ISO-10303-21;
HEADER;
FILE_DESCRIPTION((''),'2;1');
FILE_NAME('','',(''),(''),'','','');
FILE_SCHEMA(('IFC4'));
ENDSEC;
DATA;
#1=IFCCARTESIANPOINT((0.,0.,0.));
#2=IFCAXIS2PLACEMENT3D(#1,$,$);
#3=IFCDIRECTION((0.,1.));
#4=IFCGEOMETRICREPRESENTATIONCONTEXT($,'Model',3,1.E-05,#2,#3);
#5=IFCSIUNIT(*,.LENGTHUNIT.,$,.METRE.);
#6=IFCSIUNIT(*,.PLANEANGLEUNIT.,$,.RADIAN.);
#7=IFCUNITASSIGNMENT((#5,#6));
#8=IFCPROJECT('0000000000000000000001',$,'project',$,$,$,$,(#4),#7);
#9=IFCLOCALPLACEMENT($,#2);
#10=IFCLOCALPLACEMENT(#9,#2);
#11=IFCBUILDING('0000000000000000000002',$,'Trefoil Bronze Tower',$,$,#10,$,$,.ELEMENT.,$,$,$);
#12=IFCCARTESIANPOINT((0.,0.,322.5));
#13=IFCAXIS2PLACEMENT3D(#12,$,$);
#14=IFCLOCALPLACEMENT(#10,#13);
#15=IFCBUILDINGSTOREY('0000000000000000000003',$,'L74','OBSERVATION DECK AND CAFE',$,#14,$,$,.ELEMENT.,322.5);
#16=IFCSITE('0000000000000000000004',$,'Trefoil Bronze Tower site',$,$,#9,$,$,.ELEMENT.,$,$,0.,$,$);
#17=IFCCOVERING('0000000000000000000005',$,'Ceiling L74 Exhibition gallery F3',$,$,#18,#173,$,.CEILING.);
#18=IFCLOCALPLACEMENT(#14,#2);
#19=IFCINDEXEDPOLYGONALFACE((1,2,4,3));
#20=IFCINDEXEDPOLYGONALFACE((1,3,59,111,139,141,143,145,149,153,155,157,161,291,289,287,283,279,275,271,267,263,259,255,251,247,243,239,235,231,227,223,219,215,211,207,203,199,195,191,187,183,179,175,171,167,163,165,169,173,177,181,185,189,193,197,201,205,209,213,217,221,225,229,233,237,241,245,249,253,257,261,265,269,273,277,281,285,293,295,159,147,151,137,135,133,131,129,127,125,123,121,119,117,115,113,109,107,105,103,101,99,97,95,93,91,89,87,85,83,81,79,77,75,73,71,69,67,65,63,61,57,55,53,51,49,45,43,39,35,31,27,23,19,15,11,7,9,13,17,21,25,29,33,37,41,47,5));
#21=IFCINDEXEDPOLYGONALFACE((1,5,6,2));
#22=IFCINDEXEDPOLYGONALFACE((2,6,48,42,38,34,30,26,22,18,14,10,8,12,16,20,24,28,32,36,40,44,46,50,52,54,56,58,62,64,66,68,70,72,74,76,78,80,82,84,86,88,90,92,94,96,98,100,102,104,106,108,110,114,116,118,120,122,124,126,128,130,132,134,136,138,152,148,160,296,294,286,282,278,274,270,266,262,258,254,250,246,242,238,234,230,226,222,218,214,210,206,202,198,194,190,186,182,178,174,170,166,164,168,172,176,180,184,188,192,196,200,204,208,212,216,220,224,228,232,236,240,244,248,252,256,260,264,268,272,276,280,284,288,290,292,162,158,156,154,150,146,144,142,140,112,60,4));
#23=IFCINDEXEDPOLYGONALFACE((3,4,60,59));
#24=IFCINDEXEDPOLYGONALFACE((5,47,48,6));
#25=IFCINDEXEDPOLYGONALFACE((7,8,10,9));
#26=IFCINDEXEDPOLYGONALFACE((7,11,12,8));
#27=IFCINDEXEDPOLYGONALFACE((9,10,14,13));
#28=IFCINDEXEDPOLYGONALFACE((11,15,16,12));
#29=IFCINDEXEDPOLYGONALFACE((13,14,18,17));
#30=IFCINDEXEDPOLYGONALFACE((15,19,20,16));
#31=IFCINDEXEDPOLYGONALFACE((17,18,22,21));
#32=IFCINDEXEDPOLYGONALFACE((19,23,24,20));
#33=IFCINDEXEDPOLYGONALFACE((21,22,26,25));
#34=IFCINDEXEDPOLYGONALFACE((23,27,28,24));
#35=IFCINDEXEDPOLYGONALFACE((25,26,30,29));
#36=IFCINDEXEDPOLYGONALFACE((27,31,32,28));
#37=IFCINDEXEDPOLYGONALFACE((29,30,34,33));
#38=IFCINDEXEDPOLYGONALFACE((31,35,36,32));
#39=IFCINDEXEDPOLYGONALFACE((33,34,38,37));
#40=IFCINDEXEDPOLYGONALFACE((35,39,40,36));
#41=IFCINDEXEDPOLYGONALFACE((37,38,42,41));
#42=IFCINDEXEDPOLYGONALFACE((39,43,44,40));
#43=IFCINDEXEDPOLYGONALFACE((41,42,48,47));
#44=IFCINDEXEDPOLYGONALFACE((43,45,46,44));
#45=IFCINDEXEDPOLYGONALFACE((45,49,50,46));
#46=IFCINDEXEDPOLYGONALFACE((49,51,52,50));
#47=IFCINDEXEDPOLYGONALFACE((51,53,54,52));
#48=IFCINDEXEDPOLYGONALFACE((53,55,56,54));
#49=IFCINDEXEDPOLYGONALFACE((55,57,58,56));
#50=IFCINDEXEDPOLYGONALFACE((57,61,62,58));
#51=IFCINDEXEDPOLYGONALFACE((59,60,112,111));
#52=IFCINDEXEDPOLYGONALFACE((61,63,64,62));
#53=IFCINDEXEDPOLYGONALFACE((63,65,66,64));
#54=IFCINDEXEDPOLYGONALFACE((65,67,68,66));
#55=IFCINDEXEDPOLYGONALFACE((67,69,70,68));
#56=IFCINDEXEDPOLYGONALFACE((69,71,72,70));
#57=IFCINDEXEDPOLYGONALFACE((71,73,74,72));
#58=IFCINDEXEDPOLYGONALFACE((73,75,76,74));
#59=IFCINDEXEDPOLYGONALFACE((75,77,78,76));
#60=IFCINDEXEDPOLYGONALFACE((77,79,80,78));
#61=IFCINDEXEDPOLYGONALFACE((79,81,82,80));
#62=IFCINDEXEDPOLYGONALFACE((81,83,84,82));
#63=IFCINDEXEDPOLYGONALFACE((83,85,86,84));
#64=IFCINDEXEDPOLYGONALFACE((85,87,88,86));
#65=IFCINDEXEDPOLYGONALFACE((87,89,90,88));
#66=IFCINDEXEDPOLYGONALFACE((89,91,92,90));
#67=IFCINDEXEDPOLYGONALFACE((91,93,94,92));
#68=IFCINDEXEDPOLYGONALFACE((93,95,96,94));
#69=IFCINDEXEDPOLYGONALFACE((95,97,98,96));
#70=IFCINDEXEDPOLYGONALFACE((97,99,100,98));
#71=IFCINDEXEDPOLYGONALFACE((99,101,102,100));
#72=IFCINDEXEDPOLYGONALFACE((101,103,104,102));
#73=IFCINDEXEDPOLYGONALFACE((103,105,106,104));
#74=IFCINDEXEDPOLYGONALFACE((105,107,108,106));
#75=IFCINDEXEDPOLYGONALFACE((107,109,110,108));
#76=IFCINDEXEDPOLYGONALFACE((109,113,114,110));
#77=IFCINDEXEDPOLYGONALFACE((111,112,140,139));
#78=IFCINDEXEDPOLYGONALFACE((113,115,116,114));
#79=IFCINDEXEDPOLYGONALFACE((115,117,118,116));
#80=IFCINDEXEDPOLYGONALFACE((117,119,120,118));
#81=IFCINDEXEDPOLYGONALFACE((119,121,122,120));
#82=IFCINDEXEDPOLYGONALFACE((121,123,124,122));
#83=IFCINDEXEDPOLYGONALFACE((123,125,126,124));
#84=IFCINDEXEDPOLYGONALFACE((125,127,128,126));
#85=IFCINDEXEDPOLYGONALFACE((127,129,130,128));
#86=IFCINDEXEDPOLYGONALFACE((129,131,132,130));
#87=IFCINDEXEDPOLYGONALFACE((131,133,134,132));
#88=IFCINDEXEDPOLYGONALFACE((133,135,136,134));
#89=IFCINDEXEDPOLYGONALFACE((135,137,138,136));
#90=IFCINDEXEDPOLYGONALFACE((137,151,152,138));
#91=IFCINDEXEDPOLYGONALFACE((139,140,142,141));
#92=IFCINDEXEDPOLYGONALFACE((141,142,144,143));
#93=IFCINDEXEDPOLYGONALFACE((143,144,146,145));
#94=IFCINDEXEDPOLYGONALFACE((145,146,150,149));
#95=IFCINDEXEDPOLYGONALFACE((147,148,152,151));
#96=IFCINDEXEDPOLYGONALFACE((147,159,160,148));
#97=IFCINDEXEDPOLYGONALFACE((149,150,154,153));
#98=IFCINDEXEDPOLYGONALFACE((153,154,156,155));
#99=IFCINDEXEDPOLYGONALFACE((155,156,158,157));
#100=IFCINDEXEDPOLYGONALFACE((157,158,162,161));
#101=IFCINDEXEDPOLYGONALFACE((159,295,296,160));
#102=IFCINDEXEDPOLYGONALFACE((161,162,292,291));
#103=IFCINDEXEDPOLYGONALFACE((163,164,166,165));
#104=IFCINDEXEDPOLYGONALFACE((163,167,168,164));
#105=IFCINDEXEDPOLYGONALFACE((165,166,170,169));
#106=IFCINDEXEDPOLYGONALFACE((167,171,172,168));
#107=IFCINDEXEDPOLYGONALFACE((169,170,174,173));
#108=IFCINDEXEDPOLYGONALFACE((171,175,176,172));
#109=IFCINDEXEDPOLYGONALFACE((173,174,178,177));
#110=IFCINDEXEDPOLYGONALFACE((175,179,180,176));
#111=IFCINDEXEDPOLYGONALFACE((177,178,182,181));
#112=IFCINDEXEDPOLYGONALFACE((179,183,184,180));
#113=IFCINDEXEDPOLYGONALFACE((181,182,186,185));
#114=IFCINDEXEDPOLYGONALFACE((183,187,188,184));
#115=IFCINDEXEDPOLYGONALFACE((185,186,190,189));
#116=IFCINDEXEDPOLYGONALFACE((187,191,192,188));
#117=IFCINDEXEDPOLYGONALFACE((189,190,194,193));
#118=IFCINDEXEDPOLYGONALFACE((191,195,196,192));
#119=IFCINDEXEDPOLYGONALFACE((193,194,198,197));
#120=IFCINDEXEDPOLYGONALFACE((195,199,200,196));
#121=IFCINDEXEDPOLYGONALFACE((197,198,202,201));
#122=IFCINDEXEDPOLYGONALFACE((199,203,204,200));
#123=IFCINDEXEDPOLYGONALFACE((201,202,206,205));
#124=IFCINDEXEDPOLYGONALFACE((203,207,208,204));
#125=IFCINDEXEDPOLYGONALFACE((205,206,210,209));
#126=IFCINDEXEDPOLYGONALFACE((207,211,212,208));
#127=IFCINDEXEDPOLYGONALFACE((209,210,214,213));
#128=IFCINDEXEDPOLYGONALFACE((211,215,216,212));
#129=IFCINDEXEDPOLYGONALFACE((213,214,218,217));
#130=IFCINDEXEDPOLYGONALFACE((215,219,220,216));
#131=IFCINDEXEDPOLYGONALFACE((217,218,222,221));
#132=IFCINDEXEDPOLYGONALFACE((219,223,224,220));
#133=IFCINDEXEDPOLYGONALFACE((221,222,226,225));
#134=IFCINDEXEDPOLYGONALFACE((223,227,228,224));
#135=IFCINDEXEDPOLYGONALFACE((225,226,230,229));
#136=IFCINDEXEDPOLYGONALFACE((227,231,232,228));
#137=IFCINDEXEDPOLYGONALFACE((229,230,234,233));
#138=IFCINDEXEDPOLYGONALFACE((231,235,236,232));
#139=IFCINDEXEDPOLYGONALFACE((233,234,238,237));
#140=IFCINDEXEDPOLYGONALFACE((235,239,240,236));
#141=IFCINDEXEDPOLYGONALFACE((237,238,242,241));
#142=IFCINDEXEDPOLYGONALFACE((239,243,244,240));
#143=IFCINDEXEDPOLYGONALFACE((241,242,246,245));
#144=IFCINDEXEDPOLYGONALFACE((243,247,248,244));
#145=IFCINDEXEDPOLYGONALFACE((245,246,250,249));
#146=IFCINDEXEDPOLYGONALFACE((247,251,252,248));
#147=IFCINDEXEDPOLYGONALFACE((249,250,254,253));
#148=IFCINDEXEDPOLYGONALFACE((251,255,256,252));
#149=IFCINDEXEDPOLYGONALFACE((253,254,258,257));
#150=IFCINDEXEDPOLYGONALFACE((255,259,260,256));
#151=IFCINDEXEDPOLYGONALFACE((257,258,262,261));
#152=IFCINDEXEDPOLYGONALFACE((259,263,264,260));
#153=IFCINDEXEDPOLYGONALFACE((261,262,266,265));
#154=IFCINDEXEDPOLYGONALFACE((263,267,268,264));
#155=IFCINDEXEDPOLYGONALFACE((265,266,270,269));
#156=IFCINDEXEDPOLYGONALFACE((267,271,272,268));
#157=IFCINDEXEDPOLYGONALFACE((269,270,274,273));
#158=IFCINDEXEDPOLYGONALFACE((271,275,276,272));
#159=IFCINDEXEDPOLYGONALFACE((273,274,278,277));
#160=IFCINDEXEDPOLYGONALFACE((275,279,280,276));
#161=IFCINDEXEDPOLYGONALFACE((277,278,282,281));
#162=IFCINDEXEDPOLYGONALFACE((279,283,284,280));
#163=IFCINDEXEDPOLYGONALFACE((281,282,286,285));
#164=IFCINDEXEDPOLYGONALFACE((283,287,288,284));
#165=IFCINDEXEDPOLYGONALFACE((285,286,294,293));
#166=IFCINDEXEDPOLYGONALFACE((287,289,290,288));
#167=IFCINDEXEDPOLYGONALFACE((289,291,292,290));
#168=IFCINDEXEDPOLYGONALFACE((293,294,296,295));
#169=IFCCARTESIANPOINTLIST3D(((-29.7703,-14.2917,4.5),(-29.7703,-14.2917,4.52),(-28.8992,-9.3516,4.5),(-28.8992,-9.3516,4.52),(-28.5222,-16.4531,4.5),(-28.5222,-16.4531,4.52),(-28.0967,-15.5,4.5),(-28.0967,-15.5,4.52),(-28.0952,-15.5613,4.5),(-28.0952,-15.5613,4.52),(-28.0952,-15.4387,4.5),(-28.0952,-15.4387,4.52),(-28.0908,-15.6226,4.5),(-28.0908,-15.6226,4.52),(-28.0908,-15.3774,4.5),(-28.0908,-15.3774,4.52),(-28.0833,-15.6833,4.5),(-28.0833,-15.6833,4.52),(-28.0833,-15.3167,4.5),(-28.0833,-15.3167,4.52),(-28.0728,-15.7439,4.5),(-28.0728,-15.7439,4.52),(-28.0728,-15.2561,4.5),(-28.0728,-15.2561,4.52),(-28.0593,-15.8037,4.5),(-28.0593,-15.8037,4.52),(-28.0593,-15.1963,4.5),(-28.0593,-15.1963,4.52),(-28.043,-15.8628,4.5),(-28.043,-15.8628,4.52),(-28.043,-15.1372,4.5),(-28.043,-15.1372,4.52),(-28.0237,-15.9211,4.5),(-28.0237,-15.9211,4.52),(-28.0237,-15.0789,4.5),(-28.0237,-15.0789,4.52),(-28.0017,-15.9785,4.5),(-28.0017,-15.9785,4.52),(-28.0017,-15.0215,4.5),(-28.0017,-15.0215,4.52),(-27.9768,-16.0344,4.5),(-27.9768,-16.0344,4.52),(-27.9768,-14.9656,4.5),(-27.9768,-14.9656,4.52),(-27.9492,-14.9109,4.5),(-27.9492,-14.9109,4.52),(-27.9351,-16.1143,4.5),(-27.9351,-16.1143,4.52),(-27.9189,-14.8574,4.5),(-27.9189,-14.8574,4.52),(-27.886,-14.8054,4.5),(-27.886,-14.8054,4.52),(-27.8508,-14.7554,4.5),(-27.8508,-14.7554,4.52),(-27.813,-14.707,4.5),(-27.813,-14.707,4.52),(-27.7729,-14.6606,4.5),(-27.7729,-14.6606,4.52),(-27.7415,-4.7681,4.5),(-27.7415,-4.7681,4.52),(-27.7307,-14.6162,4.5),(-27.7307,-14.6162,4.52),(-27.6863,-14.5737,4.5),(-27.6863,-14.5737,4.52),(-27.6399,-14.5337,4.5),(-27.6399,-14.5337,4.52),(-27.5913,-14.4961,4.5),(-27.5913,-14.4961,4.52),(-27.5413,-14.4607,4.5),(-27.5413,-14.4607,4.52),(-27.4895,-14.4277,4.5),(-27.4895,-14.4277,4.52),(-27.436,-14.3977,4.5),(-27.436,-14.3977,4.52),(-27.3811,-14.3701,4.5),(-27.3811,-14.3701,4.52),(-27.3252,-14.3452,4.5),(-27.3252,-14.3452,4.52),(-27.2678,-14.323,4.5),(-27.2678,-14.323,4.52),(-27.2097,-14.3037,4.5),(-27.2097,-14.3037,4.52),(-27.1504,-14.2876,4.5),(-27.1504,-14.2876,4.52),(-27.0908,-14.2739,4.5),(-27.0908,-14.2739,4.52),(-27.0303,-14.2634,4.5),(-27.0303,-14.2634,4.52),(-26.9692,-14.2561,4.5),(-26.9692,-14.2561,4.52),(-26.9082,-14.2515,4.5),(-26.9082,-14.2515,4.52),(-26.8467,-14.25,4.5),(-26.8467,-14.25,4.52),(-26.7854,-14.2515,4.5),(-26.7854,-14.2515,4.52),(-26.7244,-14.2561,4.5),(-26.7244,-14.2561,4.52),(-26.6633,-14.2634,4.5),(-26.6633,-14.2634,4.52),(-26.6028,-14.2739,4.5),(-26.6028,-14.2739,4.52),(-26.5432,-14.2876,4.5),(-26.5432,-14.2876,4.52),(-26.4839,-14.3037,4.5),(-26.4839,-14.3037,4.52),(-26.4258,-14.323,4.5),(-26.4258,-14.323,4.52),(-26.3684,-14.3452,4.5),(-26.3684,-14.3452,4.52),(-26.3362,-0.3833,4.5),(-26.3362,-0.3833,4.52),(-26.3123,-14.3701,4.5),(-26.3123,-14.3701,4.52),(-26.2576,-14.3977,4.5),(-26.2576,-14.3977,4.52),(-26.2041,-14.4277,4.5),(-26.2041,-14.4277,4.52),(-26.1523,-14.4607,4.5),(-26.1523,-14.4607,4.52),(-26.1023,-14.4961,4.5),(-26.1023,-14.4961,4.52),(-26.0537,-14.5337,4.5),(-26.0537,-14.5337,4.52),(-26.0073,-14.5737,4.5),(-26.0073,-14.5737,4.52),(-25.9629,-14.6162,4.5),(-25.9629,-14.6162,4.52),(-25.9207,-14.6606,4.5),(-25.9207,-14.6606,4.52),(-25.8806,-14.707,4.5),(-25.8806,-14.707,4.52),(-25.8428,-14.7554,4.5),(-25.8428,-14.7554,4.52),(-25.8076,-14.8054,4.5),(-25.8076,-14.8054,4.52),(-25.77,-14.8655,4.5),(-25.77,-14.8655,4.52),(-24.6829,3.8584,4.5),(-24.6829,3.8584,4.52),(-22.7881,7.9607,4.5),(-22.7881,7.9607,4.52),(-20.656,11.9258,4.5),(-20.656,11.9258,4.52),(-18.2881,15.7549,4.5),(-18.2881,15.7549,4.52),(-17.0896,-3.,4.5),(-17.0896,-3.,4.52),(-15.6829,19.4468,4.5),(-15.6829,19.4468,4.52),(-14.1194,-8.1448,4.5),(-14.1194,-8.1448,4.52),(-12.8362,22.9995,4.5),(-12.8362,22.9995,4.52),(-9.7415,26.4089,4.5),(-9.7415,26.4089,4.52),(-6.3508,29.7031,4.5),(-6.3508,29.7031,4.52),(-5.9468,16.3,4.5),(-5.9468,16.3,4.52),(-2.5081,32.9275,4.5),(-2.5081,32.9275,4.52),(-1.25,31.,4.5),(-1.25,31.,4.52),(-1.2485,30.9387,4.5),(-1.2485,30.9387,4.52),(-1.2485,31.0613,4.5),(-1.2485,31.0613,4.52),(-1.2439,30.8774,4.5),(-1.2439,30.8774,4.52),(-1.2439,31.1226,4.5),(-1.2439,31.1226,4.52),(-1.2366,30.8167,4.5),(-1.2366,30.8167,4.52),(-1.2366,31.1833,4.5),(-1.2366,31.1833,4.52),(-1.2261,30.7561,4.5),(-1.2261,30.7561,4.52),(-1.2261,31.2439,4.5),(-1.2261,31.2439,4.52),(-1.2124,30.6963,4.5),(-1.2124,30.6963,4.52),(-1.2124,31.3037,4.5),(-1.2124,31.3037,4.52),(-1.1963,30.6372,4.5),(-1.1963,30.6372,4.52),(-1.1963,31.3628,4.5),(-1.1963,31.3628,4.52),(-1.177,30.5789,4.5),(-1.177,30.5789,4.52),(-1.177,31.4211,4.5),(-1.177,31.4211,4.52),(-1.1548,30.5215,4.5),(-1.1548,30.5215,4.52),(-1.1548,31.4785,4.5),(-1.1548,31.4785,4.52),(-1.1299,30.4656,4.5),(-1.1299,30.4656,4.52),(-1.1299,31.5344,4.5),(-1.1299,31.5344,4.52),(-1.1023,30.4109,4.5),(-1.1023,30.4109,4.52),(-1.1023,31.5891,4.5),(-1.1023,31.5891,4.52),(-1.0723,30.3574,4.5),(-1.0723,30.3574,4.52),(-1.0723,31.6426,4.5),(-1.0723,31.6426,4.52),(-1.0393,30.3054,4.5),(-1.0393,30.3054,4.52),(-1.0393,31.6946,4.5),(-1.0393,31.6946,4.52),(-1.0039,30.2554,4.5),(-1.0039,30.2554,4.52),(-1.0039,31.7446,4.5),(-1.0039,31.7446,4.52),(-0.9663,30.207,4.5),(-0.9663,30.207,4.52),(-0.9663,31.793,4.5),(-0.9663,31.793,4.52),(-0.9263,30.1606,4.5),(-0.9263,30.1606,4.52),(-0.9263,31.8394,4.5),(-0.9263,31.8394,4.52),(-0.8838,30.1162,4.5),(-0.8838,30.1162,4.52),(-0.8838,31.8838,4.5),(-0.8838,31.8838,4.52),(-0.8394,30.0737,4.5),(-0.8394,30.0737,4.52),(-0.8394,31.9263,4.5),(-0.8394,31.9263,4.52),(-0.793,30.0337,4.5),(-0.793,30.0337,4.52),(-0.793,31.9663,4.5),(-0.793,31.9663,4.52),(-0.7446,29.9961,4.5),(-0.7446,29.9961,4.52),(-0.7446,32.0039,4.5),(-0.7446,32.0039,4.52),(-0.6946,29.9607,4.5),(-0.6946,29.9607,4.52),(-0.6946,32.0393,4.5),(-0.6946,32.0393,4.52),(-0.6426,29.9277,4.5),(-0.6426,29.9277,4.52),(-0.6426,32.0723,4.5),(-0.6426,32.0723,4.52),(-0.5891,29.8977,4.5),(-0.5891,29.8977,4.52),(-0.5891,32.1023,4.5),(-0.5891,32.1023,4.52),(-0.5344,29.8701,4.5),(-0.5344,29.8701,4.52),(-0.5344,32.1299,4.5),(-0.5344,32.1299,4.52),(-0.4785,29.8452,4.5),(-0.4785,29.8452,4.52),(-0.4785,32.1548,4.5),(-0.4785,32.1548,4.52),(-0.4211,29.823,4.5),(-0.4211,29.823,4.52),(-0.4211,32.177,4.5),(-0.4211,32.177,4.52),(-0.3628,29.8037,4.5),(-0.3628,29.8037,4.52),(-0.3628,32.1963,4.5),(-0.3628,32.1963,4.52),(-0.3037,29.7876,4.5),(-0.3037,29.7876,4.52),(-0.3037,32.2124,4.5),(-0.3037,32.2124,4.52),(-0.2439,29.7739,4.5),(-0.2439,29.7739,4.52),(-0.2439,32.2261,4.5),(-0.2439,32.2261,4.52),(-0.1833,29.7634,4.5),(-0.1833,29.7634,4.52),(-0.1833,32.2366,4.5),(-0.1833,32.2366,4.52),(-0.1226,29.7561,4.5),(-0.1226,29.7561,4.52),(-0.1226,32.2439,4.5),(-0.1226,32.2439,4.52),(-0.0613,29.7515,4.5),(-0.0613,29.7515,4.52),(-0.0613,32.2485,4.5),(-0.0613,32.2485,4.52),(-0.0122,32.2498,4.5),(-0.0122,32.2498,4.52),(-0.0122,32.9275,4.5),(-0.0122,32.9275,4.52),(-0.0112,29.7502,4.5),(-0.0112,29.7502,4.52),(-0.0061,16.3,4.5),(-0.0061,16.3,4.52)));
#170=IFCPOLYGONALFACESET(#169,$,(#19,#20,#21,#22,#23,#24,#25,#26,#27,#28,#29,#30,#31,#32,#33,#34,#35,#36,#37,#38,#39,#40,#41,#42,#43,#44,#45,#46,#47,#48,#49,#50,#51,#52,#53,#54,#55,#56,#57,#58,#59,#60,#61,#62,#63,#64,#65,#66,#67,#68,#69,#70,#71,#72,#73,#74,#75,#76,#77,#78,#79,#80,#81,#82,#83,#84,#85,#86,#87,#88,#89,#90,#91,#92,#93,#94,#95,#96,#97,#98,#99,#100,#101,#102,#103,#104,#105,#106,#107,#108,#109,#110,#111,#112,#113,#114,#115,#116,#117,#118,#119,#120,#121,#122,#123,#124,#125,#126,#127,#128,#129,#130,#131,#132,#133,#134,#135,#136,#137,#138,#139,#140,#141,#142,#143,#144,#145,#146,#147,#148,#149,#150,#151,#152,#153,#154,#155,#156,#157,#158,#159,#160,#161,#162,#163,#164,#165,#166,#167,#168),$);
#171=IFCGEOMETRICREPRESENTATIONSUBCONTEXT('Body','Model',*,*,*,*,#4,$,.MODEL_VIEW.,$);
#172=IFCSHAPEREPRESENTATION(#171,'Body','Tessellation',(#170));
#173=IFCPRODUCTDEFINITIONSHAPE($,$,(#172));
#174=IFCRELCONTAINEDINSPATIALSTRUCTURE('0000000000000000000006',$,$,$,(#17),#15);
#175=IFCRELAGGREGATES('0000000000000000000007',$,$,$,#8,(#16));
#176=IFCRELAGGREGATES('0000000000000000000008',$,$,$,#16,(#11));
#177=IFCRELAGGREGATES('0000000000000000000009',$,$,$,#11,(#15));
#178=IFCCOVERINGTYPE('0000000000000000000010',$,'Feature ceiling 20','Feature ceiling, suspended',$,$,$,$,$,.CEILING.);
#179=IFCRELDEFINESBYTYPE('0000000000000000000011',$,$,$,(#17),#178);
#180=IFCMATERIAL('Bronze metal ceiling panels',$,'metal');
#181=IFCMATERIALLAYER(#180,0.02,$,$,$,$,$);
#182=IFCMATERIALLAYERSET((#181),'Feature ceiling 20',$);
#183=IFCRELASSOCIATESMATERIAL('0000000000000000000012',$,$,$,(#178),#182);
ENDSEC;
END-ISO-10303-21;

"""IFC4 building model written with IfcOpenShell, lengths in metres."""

from ifc_helpers import new_model, si_unit, direction, frame, origin, place, context, subcontext, project, spatial, polyline, outline, extrude, material, layer, layer_set, type_object, element, save


model = new_model("IFC4")

# Units and contexts
model_context = context("Model", 3, precision=1e-05, world=origin(), true_north=direction((0.0, 1.0)))
body_context = subcontext(model_context, "Body", "Model", "MODEL_VIEW")
ifc_project = project(units=[si_unit("LENGTHUNIT", "METRE"), si_unit("PLANEANGLEUNIT", "RADIAN")], contexts=[model_context])

# Site, building, storey
site_placement = place(None, origin())
site = spatial("IfcSite", under=ifc_project, at=site_placement, Name="Trefoil Bronze Tower site", CompositionType="ELEMENT", RefElevation=0.0)
building_placement = place(site_placement, origin())
building = spatial("IfcBuilding", under=site, at=building_placement, Name="Trefoil Bronze Tower", CompositionType="ELEMENT")
storey_placement = place(building_placement, frame((0.0, 0.0, 322.5)))
storey = spatial("IfcBuildingStorey", under=building, at=storey_placement, Name="L74", Description="OBSERVATION DECK AND CAFE", CompositionType="ELEMENT", Elevation=322.5)

# Covering
ifc_material_1 = material(Name="Bronze metal ceiling panels", Category="metal")
ifc_layer_1 = layer(ifc_material_1, 0.02)
ifc_layer_set_1 = layer_set([ifc_layer_1], Name="Feature ceiling 20")
covering_type = type_object("IfcCoveringType", Name="Feature ceiling 20", Description="Feature ceiling, suspended", PredefinedType="CEILING", material=ifc_layer_set_1)
covering_1_placement = place(storey_placement, frame((0.0, 0.0, 4.5)))
element("IfcCovering", 1, at=covering_1_placement, inside=storey, type_object=covering_type, Name="Ceiling L74 Exhibition gallery F3", PredefinedType="CEILING", context=body_context, shape_type="SweptSolid", body=[
    extrude(outline(polyline([(-27.7415, -4.7681), (-26.3362, -0.3833), (-24.6829, 3.8584), (-22.7881, 7.9607), (-20.656, 11.9258), (-18.2881, 15.7549), (-15.6829, 19.4468), (-12.8362, 22.9995), (-9.7415, 26.4089), (-6.3508, 29.7031), (-2.5081, 32.9275), (-0.0122, 32.9275), (-0.0122, 32.2498), (-0.0613, 32.2485), (-0.1226, 32.2439), (-0.1833, 32.2366), (-0.2439, 32.2261), (-0.3037, 32.2124), (-0.3628, 32.1963), (-0.4211, 32.177), (-0.4785, 32.1548), (-0.5344, 32.1299), (-0.5891, 32.1023), (-0.6426, 32.0723), (-0.6946, 32.0393), (-0.7446, 32.0039), (-0.793, 31.9663), (-0.8394, 31.9263), (-0.8838, 31.8838), (-0.9263, 31.8394), (-0.9663, 31.793), (-1.0039, 31.7446), (-1.0393, 31.6946), (-1.0723, 31.6426), (-1.1023, 31.5891), (-1.1299, 31.5344), (-1.1548, 31.4785), (-1.177, 31.4211), (-1.1963, 31.3628), (-1.2124, 31.3037), (-1.2261, 31.2439), (-1.2366, 31.1833), (-1.2439, 31.1226), (-1.2485, 31.0613), (-1.25, 31.0), (-1.2485, 30.9387), (-1.2439, 30.8774), (-1.2366, 30.8167), (-1.2261, 30.7561), (-1.2124, 30.6963), (-1.1963, 30.6372), (-1.177, 30.5789), (-1.1548, 30.5215), (-1.1299, 30.4656), (-1.1023, 30.4109), (-1.0723, 30.3574), (-1.0393, 30.3054), (-1.0039, 30.2554), (-0.9663, 30.207), (-0.9263, 30.1606), (-0.8838, 30.1162), (-0.8394, 30.0737), (-0.793, 30.0337), (-0.7446, 29.9961), (-0.6946, 29.9607), (-0.6426, 29.9277), (-0.5891, 29.8977), (-0.5344, 29.8701), (-0.4785, 29.8452), (-0.4211, 29.823), (-0.3628, 29.8037), (-0.3037, 29.7876), (-0.2439, 29.7739), (-0.1833, 29.7634), (-0.1226, 29.7561), (-0.0613, 29.7515), (-0.0112, 29.7502), (-0.0061, 16.3), (-5.9468, 16.3), (-17.0896, -3.0), (-14.1194, -8.1448), (-25.77, -14.8655), (-25.8076, -14.8054), (-25.8428, -14.7554), (-25.8806, -14.707), (-25.9207, -14.6606), (-25.9629, -14.6162), (-26.0073, -14.5737), (-26.0537, -14.5337), (-26.1023, -14.4961), (-26.1523, -14.4607), (-26.2041, -14.4277), (-26.2576, -14.3977), (-26.3123, -14.3701), (-26.3684, -14.3452), (-26.4258, -14.323), (-26.4839, -14.3037), (-26.5432, -14.2876), (-26.6028, -14.2739), (-26.6633, -14.2634), (-26.7244, -14.2561), (-26.7854, -14.2515), (-26.8467, -14.25), (-26.9082, -14.2515), (-26.9692, -14.2561), (-27.0303, -14.2634), (-27.0908, -14.2739), (-27.1504, -14.2876), (-27.2097, -14.3037), (-27.2678, -14.323), (-27.3252, -14.3452), (-27.3811, -14.3701), (-27.436, -14.3977), (-27.4895, -14.4277), (-27.5413, -14.4607), (-27.5913, -14.4961), (-27.6399, -14.5337), (-27.6863, -14.5737), (-27.7307, -14.6162), (-27.7729, -14.6606), (-27.813, -14.707), (-27.8508, -14.7554), (-27.886, -14.8054), (-27.9189, -14.8574), (-27.9492, -14.9109), (-27.9768, -14.9656), (-28.0017, -15.0215), (-28.0237, -15.0789), (-28.043, -15.1372), (-28.0593, -15.1963), (-28.0728, -15.2561), (-28.0833, -15.3167), (-28.0908, -15.3774), (-28.0952, -15.4387), (-28.0967, -15.5), (-28.0952, -15.5613), (-28.0908, -15.6226), (-28.0833, -15.6833), (-28.0728, -15.7439), (-28.0593, -15.8037), (-28.043, -15.8628), (-28.0237, -15.9211), (-28.0017, -15.9785), (-27.9768, -16.0344), (-27.9351, -16.1143), (-28.5222, -16.4531), (-29.7703, -14.2917), (-28.8992, -9.3516), (-27.7415, -4.7681)])), origin(), (0.0, 0.0, 1.0), 0.02),
])

save(model, "model.ifc")
